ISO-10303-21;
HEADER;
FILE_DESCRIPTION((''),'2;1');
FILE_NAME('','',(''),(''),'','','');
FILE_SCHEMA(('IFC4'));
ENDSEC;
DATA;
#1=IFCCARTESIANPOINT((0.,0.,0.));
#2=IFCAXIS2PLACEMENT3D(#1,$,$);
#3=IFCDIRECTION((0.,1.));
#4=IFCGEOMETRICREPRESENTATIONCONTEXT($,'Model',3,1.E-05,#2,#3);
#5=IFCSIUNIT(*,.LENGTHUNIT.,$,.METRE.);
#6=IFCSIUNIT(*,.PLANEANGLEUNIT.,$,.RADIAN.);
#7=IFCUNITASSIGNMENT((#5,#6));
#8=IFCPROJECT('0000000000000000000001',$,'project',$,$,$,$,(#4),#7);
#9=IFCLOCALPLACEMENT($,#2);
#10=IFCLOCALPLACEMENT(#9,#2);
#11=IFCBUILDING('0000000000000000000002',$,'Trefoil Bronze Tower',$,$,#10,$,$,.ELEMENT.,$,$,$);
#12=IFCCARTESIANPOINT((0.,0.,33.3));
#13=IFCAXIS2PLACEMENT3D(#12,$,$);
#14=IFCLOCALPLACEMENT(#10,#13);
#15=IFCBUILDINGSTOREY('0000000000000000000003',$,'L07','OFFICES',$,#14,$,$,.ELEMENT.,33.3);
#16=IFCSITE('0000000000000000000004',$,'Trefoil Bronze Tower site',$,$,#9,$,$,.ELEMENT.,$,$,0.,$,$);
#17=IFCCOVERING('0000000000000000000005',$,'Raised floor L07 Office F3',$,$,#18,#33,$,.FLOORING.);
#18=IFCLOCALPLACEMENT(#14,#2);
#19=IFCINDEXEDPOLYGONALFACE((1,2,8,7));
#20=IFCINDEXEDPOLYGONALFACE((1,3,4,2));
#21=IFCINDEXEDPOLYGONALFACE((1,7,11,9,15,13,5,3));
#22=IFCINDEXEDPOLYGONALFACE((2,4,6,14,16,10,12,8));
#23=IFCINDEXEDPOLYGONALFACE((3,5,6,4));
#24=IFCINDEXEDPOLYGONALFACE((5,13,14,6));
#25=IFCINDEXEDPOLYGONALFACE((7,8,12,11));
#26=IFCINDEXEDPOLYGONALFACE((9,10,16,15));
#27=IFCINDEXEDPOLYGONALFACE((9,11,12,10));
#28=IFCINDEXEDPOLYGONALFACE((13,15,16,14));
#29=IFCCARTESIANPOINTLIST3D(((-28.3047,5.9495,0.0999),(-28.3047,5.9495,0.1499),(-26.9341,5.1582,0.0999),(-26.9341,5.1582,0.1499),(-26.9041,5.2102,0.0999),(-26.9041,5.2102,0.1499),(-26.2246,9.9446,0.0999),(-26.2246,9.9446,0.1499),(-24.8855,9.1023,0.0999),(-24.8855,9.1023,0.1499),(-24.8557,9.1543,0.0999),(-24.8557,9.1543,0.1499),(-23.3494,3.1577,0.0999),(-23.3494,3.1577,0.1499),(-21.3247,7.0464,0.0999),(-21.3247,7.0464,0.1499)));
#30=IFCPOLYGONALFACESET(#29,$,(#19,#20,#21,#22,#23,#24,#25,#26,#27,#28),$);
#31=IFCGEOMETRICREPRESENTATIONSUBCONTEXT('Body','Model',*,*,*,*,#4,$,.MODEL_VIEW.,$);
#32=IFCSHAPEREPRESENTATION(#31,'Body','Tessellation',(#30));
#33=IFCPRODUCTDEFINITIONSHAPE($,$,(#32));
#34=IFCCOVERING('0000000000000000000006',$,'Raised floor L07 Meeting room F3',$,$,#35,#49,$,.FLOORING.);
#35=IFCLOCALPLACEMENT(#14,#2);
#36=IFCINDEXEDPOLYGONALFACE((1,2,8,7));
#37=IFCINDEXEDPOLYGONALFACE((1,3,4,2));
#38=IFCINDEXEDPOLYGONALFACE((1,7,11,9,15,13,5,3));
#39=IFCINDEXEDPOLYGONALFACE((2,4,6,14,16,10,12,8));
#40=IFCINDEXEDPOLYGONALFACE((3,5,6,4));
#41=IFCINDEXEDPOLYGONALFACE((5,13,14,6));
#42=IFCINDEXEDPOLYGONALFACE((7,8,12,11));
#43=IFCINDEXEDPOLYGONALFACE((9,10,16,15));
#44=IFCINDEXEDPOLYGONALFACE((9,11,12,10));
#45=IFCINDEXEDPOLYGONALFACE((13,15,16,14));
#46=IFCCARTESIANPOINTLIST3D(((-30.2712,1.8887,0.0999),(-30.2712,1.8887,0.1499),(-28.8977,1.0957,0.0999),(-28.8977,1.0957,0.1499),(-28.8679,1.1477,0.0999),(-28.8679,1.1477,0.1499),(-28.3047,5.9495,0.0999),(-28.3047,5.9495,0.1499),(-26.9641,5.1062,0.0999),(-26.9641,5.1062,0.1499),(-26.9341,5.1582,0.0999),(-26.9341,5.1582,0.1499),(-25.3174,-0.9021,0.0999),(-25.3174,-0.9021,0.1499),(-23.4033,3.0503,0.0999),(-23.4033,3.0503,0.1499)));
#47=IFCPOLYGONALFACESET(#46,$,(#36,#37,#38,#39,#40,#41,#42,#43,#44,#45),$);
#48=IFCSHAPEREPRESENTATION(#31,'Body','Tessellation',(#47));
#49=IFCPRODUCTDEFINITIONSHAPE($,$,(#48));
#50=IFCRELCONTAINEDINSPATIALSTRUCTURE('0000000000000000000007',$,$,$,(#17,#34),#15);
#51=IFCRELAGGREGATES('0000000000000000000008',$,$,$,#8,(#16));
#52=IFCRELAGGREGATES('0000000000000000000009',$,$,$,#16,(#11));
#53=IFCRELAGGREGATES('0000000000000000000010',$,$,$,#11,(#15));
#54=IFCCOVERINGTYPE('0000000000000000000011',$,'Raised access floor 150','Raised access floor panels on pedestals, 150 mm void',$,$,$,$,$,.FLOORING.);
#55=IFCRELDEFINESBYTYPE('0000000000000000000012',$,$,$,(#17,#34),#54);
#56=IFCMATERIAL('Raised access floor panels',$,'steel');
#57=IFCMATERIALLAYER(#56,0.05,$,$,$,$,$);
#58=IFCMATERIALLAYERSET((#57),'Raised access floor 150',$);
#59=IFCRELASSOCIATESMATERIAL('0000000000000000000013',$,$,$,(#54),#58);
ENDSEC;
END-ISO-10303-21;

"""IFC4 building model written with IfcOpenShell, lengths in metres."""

from ifc_helpers import new_model, si_unit, direction, frame, origin, place, context, subcontext, project, spatial, polyline, outline, extrude, material, layer, layer_set, type_object, element, save


model = new_model("IFC4")

# Units and contexts
model_context = context("Model", 3, precision=1e-05, world=origin(), true_north=direction((0.0, 1.0)))
body_context = subcontext(model_context, "Body", "Model", "MODEL_VIEW")
ifc_project = project(units=[si_unit("LENGTHUNIT", "METRE"), si_unit("PLANEANGLEUNIT", "RADIAN")], contexts=[model_context])

# Site, building, storey
site_placement = place(None, origin())
site = spatial("IfcSite", under=ifc_project, at=site_placement, Name="Trefoil Bronze Tower site", CompositionType="ELEMENT", RefElevation=0.0)
building_placement = place(site_placement, origin())
building = spatial("IfcBuilding", under=site, at=building_placement, Name="Trefoil Bronze Tower", CompositionType="ELEMENT")
storey_placement = place(building_placement, frame((0.0, 0.0, 33.3)))
storey = spatial("IfcBuildingStorey", under=building, at=storey_placement, Name="L07", Description="OFFICES", CompositionType="ELEMENT", Elevation=33.3)

# Coverings
ifc_material_1 = material(Name="Raised access floor panels", Category="steel")
ifc_layer_1 = layer(ifc_material_1, 0.05)
ifc_layer_set_1 = layer_set([ifc_layer_1], Name="Raised access floor 150")
covering_type = type_object("IfcCoveringType", Name="Raised access floor 150", Description="Raised access floor panels on pedestals, 150 mm void", PredefinedType="FLOORING", material=ifc_layer_set_1)
covering_1_placement = place(storey_placement, frame((0.0, 0.0, 0.0999)))
element("IfcCovering", 1, at=covering_1_placement, inside=storey, type_object=covering_type, Name="Raised floor L07 Office F3", PredefinedType="FLOORING", context=body_context, shape_type="SweptSolid", body=[
    extrude(outline(polyline([(-28.3047, 5.9495), (-26.2246, 9.9446), (-24.8557, 9.1543), (-24.8855, 9.1023), (-21.3247, 7.0464), (-23.3494, 3.1577), (-26.9041, 5.2102), (-26.9341, 5.1582), (-28.3047, 5.9495)])), origin(), (0.0, 0.0, 1.0), 0.05),
])
covering_2_placement = place(storey_placement, frame((0.0, 0.0, 0.0999)))
element("IfcCovering", 2, at=covering_2_placement, inside=storey, type_object=covering_type, Name="Raised floor L07 Meeting room F3", PredefinedType="FLOORING", context=body_context, shape_type="SweptSolid", body=[
    extrude(outline(polyline([(-30.2712, 1.8887), (-28.3047, 5.9495), (-26.9341, 5.1582), (-26.9641, 5.1062), (-23.4033, 3.0503), (-25.3174, -0.9021), (-28.8679, 1.1477), (-28.8977, 1.0957), (-30.2712, 1.8887)])), origin(), (0.0, 0.0, 1.0), 0.05),
])

save(model, "model.ifc")
